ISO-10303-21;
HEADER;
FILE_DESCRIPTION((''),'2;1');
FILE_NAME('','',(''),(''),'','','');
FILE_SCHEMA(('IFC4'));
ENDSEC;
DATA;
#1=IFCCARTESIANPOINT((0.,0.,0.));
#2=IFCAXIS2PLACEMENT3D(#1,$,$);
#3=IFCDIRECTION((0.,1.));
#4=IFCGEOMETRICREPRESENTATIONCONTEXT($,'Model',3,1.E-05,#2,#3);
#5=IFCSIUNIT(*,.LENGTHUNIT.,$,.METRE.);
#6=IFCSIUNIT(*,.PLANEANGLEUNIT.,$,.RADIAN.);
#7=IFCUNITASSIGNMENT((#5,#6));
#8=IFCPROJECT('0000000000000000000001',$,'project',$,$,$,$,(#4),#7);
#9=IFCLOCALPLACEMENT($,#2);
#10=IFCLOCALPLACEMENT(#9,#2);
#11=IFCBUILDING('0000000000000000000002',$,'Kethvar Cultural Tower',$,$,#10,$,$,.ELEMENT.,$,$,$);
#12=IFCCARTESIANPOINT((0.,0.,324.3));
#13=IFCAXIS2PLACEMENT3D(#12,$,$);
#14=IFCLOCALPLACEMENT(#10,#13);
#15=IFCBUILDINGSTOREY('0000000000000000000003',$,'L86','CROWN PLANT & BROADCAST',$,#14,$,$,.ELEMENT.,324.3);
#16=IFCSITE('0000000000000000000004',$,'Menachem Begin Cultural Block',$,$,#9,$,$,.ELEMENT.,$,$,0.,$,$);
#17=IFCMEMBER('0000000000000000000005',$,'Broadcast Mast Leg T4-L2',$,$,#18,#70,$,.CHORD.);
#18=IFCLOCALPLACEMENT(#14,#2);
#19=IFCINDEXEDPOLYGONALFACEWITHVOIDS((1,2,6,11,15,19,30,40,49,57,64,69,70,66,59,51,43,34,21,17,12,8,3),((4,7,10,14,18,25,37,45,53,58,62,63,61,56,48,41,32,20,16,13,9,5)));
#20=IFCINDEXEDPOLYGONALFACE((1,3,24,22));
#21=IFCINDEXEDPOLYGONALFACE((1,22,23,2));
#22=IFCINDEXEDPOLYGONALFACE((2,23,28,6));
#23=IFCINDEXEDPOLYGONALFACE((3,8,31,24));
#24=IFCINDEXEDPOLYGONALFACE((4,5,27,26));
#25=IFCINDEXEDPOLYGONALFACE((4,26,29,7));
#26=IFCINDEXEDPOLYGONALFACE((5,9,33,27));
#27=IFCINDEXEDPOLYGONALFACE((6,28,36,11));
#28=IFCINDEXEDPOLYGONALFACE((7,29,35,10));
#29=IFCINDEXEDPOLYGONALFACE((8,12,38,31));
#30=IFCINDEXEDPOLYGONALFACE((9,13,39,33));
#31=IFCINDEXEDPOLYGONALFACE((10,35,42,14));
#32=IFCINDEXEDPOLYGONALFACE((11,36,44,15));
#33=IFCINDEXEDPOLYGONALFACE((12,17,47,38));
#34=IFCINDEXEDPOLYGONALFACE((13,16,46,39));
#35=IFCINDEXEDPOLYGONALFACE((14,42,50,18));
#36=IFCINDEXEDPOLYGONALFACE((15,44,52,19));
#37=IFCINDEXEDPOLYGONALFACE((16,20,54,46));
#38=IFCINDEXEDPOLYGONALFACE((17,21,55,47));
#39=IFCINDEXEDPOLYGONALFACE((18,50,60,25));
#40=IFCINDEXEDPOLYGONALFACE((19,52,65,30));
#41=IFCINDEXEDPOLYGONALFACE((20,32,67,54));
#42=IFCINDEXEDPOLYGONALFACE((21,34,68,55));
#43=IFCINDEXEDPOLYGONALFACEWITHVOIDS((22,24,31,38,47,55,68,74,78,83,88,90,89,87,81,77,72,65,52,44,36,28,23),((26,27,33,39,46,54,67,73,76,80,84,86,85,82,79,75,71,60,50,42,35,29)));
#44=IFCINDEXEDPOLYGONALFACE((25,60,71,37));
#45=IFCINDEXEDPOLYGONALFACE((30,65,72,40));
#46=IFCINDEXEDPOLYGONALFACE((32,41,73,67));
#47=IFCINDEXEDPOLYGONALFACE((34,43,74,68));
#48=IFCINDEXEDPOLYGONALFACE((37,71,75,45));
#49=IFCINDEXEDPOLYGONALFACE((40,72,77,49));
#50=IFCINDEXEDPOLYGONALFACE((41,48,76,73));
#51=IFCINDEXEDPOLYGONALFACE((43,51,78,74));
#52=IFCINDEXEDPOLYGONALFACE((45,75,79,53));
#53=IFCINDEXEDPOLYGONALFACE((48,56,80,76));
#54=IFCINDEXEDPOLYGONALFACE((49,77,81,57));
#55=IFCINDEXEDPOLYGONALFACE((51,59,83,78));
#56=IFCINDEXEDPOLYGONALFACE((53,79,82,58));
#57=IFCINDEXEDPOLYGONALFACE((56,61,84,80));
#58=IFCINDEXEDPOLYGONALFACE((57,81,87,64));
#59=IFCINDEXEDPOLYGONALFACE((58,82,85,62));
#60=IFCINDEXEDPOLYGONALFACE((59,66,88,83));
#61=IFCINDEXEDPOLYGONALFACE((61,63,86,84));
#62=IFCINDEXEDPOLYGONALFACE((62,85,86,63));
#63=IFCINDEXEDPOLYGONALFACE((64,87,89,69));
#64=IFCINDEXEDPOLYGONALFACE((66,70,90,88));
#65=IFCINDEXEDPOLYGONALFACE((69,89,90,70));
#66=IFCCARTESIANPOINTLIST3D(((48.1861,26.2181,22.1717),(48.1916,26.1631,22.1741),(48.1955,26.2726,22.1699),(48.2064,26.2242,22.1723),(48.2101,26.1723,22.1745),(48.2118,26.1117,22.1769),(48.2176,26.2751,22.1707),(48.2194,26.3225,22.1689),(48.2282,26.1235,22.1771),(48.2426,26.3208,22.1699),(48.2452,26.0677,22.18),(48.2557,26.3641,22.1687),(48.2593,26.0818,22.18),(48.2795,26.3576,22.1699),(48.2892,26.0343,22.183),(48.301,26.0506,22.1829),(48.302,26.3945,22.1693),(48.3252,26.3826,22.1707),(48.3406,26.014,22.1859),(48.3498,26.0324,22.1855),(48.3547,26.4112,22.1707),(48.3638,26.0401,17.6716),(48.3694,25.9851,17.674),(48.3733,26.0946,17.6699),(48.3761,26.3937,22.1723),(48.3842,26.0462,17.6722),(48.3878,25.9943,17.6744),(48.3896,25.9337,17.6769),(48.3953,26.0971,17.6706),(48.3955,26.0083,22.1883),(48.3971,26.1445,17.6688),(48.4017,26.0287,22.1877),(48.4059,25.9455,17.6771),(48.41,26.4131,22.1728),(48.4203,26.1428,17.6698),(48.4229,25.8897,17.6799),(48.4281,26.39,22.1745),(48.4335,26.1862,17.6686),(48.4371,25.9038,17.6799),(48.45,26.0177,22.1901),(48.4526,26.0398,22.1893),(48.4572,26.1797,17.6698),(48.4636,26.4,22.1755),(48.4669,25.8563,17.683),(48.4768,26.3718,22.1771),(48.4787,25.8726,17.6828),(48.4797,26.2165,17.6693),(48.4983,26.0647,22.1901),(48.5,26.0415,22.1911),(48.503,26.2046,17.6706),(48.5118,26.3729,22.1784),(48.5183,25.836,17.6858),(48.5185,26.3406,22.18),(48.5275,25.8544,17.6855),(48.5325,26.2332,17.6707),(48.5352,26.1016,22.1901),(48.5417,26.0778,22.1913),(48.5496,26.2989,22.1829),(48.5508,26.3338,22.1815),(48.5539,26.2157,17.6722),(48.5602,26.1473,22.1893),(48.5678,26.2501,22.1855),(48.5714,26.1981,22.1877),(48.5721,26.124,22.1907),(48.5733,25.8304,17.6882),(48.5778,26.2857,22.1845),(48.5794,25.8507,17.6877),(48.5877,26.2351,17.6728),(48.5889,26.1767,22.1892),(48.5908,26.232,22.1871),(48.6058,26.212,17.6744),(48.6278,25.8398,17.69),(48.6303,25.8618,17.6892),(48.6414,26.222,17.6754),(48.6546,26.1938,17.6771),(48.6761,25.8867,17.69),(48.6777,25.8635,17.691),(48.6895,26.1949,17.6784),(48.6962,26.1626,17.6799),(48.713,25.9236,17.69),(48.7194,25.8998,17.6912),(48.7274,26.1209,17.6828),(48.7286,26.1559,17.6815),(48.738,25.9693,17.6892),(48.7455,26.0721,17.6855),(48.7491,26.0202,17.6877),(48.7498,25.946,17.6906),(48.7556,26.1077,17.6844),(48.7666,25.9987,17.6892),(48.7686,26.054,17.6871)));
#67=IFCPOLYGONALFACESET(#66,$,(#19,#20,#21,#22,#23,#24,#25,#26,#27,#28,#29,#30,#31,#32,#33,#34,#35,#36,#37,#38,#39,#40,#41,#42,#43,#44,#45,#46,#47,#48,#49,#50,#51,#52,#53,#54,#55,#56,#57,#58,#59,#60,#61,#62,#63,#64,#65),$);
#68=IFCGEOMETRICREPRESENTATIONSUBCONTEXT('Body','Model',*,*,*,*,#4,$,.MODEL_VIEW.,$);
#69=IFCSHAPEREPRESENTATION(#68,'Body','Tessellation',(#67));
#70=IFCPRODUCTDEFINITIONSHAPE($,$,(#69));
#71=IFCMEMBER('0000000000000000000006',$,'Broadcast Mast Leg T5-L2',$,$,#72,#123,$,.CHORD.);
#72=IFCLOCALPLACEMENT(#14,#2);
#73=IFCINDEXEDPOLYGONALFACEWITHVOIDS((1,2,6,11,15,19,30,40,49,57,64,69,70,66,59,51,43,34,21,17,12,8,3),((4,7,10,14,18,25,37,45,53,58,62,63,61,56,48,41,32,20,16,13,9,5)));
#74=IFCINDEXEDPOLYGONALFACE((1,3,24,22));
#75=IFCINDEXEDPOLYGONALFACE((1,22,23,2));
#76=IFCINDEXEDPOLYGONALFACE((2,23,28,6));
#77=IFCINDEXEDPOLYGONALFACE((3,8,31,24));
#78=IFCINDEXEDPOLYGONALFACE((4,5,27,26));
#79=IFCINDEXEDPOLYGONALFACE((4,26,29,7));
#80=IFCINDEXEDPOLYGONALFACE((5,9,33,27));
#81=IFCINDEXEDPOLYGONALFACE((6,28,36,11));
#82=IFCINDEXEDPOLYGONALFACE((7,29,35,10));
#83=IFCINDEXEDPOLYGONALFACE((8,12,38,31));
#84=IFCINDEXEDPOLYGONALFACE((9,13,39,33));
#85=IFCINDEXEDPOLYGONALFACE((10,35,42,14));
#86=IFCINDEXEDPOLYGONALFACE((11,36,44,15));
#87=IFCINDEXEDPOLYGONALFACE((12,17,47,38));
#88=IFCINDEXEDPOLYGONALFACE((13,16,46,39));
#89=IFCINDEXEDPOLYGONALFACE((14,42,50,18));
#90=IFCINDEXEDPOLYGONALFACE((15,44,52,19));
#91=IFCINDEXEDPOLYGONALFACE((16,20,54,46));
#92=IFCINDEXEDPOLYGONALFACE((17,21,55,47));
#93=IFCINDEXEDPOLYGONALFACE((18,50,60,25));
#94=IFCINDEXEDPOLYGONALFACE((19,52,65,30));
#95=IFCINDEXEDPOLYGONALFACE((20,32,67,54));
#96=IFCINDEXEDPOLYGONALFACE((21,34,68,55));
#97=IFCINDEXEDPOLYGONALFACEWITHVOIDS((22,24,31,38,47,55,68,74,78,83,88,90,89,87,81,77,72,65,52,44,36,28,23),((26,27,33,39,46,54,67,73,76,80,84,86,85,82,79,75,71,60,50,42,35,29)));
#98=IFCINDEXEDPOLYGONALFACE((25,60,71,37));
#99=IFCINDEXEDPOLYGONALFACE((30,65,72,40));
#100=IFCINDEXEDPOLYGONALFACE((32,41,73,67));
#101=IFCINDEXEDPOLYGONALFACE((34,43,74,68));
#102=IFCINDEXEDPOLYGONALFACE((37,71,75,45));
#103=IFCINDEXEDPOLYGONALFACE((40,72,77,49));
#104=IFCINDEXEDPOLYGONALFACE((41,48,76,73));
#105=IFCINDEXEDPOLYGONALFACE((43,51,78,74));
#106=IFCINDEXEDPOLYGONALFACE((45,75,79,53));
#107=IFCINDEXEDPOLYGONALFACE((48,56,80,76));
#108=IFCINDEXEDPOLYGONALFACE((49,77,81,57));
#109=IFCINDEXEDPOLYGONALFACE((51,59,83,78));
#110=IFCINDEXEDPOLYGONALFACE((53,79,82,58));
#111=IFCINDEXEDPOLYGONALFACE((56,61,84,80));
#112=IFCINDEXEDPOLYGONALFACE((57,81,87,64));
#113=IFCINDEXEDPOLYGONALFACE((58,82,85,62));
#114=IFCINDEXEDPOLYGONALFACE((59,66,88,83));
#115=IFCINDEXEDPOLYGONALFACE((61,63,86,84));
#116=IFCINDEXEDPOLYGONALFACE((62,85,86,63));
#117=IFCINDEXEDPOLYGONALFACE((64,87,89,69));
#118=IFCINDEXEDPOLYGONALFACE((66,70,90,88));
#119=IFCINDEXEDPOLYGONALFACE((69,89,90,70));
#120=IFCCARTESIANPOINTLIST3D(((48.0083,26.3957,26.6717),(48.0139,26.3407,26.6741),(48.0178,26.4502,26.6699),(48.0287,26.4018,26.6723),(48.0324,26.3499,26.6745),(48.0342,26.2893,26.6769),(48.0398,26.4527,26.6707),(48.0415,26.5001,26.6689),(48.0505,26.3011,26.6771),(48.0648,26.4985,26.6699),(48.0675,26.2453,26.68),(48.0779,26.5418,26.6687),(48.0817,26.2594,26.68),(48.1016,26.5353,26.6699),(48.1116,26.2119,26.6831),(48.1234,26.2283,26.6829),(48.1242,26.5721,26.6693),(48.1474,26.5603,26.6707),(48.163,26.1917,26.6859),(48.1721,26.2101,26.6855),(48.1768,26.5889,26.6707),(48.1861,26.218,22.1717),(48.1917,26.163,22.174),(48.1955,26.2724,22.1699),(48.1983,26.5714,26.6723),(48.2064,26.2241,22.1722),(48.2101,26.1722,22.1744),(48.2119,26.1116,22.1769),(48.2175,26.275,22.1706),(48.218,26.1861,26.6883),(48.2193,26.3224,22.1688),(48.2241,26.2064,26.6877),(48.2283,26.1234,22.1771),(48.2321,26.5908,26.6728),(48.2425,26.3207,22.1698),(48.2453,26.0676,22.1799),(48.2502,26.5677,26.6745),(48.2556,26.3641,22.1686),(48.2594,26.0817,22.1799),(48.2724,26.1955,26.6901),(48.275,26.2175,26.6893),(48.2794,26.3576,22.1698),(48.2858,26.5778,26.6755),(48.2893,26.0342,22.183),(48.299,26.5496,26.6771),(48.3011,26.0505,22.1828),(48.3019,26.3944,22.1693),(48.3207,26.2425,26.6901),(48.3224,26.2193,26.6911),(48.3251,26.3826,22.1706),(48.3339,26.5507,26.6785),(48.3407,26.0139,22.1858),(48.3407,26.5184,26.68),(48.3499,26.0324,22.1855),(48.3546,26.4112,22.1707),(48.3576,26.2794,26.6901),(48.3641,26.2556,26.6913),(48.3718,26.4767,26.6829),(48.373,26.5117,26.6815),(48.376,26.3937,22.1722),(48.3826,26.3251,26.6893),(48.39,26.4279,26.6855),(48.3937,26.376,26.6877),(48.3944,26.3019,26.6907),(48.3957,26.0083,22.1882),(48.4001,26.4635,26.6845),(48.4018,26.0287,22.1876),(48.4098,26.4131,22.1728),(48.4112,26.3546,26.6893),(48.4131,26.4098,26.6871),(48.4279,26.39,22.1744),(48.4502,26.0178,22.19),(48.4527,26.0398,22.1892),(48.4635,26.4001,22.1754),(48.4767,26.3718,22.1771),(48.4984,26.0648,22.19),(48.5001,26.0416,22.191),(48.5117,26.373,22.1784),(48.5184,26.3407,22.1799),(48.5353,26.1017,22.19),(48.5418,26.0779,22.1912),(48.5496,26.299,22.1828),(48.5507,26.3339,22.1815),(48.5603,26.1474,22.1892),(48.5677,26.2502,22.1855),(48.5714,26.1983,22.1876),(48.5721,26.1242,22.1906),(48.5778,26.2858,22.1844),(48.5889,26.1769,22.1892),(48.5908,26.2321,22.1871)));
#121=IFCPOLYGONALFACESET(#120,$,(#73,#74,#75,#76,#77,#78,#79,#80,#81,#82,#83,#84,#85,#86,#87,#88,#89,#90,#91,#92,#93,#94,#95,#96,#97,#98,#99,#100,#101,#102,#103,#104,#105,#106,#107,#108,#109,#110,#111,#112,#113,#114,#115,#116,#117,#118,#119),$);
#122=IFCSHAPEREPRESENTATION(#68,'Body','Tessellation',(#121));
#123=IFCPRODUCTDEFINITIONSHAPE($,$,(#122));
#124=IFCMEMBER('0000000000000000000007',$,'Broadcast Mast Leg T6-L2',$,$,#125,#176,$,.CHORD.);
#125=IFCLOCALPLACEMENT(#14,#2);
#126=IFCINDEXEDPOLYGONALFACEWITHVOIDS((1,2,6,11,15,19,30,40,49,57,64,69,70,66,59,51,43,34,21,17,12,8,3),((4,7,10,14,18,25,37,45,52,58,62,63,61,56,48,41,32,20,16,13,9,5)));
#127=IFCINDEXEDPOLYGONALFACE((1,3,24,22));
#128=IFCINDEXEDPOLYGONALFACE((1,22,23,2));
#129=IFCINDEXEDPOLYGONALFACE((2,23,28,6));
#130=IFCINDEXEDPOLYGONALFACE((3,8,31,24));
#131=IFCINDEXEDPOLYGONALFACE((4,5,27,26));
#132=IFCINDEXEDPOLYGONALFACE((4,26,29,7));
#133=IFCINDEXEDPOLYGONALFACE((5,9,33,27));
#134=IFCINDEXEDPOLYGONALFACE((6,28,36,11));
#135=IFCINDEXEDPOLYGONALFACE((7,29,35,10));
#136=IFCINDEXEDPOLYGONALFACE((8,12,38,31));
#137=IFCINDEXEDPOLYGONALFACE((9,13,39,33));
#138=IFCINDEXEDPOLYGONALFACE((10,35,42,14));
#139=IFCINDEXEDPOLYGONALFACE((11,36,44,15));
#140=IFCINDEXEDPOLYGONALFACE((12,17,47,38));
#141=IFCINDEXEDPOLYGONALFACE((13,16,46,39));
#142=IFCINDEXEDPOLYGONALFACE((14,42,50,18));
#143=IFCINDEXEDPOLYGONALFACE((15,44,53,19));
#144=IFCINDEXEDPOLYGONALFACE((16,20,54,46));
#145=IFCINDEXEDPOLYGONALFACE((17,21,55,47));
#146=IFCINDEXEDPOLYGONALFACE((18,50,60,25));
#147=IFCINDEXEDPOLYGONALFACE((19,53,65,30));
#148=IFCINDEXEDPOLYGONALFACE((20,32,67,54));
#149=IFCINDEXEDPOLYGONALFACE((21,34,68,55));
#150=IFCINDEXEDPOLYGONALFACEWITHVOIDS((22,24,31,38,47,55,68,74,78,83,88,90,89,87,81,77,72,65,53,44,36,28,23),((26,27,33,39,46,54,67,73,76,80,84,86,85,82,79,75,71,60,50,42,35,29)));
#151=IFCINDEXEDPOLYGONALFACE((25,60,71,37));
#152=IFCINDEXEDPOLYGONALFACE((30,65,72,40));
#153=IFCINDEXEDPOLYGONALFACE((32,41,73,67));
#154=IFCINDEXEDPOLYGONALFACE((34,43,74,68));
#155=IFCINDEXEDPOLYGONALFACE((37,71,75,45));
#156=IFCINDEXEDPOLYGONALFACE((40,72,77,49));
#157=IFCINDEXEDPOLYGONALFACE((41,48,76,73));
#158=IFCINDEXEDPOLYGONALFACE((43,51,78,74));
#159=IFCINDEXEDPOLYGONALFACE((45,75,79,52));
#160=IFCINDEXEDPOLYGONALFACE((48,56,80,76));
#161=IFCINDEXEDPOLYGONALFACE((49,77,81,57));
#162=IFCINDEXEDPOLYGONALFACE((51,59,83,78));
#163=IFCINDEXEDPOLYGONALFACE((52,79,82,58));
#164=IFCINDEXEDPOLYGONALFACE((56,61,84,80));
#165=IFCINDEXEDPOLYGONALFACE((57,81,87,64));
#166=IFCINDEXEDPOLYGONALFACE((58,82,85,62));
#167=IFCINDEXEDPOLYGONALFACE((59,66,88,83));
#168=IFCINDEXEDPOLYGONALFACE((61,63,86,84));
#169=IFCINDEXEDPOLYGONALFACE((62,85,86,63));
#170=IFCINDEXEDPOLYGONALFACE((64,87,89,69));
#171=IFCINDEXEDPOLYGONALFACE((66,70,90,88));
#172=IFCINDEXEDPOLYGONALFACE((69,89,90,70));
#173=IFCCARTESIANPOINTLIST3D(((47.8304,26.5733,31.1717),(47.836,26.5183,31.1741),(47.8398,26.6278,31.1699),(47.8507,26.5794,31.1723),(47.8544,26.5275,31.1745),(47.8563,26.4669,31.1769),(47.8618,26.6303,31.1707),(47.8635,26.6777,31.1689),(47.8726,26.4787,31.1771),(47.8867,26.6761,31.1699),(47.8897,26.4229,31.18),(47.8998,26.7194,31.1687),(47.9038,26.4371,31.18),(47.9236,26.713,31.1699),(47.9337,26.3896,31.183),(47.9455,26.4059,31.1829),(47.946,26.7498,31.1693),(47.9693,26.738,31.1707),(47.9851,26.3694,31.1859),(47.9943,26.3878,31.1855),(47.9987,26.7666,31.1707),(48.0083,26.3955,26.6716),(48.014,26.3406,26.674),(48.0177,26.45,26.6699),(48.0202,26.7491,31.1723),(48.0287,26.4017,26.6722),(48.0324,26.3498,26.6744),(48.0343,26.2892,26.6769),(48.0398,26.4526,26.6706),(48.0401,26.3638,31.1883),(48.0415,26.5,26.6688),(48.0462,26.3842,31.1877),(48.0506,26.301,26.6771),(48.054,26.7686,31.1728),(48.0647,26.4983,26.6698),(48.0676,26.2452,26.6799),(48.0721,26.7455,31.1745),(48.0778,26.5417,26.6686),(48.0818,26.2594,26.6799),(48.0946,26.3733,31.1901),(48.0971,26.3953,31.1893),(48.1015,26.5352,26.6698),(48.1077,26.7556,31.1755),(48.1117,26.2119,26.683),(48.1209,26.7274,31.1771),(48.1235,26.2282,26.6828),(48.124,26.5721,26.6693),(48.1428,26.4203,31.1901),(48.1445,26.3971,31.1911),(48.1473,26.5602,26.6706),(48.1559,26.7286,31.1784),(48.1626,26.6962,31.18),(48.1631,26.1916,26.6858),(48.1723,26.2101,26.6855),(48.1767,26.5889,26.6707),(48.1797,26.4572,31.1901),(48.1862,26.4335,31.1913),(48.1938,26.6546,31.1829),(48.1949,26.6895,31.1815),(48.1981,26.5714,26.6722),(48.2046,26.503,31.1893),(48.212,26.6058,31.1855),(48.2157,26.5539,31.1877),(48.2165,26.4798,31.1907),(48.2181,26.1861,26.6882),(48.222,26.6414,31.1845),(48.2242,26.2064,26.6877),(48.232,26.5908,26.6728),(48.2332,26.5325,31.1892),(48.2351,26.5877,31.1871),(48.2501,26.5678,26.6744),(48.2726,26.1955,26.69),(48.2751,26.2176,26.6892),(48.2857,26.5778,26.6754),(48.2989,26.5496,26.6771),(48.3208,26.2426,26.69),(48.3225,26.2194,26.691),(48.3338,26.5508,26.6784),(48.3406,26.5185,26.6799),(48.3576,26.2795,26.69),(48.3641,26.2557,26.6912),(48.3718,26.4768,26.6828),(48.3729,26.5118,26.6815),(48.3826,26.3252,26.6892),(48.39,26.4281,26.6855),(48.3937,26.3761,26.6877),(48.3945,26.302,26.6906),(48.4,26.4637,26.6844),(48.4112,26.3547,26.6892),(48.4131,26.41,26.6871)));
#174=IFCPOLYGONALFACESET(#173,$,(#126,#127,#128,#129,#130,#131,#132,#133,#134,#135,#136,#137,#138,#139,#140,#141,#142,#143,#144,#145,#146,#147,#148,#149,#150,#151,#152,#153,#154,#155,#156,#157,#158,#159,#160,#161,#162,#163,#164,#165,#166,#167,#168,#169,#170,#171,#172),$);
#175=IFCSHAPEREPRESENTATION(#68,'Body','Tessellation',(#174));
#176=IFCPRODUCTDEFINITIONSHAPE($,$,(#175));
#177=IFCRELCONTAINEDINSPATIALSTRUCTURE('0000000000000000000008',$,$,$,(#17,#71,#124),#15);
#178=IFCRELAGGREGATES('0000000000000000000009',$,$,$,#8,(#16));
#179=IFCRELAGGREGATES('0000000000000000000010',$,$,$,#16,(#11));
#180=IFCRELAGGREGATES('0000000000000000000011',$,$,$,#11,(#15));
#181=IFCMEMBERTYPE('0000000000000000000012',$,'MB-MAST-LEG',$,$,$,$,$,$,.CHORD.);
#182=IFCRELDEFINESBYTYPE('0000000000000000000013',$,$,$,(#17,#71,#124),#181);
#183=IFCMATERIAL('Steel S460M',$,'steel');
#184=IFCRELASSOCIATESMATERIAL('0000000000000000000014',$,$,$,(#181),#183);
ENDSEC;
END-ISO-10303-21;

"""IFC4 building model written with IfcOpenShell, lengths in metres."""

from ifc_helpers import new_model, si_unit, direction, frame, origin, origin_2d, place, context, subcontext, project, spatial, hollow_circle, extrude, source, transform, mapped, material, material_profile, profile_set, type_object, element, save


model = new_model("IFC4")

# Units and contexts
model_context = context("Model", 3, precision=1e-05, world=origin(), true_north=direction((0.0, 1.0)))
body_context = subcontext(model_context, "Body", "Model", "MODEL_VIEW")
ifc_project = project(units=[si_unit("LENGTHUNIT", "METRE"), si_unit("PLANEANGLEUNIT", "RADIAN")], contexts=[model_context])

# Site, building, storey
site_placement = place(None, origin())
site = spatial("IfcSite", under=ifc_project, at=site_placement, Name="Menachem Begin Cultural Block", CompositionType="ELEMENT", RefElevation=0.0)
building_placement = place(site_placement, origin())
building = spatial("IfcBuilding", under=site, at=building_placement, Name="Kethvar Cultural Tower", CompositionType="ELEMENT")
storey_placement = place(building_placement, frame((0.0, 0.0, 324.3)))
storey = spatial("IfcBuildingStorey", under=building, at=storey_placement, Name="L86", Description="CROWN PLANT & BROADCAST", CompositionType="ELEMENT", Elevation=324.3)

# Members
ifc_material_1 = material(Name="Steel S460M", Category="steel")
ifc_material_profile_1 = material_profile(ifc_material_1, hollow_circle(Radius=0.2031, WallThickness=0.02, at=origin_2d()), Name="Steel S460M — CHS406x20")
ifc_profile_set_1 = profile_set([ifc_material_profile_1], Name="Steel S460M — CHS406x20")
member_type_1 = type_object("IfcMemberType", Name="MB-MAST-LEG", PredefinedType="CHORD", material=ifc_profile_set_1)
shared_shape_1 = source(origin(), body_context, "Body", "SweptSolid", [
    extrude(hollow_circle(Radius=0.2031, WallThickness=0.02, at=origin_2d()), origin(), (0.0, 0.0, 1.0), 4.5071),
])
for number, where, z_axis, x_axis, name in (
    (1, (48.5667, 26.0332, 17.6799), (-0.039435, 0.039489, 0.998442), (-0.707592, -0.706621, 0.0), "Broadcast Mast Leg T4-L2"),
    (2, (48.3889, 26.2112, 22.1799), (-0.039435, 0.039435, 0.998444), (-0.707107, -0.707107, 0.0), "Broadcast Mast Leg T5-L2"),
    (3, (48.2112, 26.3889, 26.6799), (-0.039489, 0.039435, 0.998442), (-0.706621, -0.707592, 0.0), "Broadcast Mast Leg T6-L2"),
):
    element("IfcMember", number, at=place(storey_placement, frame(where, z_axis=z_axis, x_axis=x_axis)), inside=storey, type_object=member_type_1, Name=name, PredefinedType="CHORD", context=body_context, shape_type="MappedRepresentation", body=[
        mapped(shared_shape_1, transform((0.0, 0.0, 0.0), scale=1.0)),
    ])

save(model, "model.ifc")
